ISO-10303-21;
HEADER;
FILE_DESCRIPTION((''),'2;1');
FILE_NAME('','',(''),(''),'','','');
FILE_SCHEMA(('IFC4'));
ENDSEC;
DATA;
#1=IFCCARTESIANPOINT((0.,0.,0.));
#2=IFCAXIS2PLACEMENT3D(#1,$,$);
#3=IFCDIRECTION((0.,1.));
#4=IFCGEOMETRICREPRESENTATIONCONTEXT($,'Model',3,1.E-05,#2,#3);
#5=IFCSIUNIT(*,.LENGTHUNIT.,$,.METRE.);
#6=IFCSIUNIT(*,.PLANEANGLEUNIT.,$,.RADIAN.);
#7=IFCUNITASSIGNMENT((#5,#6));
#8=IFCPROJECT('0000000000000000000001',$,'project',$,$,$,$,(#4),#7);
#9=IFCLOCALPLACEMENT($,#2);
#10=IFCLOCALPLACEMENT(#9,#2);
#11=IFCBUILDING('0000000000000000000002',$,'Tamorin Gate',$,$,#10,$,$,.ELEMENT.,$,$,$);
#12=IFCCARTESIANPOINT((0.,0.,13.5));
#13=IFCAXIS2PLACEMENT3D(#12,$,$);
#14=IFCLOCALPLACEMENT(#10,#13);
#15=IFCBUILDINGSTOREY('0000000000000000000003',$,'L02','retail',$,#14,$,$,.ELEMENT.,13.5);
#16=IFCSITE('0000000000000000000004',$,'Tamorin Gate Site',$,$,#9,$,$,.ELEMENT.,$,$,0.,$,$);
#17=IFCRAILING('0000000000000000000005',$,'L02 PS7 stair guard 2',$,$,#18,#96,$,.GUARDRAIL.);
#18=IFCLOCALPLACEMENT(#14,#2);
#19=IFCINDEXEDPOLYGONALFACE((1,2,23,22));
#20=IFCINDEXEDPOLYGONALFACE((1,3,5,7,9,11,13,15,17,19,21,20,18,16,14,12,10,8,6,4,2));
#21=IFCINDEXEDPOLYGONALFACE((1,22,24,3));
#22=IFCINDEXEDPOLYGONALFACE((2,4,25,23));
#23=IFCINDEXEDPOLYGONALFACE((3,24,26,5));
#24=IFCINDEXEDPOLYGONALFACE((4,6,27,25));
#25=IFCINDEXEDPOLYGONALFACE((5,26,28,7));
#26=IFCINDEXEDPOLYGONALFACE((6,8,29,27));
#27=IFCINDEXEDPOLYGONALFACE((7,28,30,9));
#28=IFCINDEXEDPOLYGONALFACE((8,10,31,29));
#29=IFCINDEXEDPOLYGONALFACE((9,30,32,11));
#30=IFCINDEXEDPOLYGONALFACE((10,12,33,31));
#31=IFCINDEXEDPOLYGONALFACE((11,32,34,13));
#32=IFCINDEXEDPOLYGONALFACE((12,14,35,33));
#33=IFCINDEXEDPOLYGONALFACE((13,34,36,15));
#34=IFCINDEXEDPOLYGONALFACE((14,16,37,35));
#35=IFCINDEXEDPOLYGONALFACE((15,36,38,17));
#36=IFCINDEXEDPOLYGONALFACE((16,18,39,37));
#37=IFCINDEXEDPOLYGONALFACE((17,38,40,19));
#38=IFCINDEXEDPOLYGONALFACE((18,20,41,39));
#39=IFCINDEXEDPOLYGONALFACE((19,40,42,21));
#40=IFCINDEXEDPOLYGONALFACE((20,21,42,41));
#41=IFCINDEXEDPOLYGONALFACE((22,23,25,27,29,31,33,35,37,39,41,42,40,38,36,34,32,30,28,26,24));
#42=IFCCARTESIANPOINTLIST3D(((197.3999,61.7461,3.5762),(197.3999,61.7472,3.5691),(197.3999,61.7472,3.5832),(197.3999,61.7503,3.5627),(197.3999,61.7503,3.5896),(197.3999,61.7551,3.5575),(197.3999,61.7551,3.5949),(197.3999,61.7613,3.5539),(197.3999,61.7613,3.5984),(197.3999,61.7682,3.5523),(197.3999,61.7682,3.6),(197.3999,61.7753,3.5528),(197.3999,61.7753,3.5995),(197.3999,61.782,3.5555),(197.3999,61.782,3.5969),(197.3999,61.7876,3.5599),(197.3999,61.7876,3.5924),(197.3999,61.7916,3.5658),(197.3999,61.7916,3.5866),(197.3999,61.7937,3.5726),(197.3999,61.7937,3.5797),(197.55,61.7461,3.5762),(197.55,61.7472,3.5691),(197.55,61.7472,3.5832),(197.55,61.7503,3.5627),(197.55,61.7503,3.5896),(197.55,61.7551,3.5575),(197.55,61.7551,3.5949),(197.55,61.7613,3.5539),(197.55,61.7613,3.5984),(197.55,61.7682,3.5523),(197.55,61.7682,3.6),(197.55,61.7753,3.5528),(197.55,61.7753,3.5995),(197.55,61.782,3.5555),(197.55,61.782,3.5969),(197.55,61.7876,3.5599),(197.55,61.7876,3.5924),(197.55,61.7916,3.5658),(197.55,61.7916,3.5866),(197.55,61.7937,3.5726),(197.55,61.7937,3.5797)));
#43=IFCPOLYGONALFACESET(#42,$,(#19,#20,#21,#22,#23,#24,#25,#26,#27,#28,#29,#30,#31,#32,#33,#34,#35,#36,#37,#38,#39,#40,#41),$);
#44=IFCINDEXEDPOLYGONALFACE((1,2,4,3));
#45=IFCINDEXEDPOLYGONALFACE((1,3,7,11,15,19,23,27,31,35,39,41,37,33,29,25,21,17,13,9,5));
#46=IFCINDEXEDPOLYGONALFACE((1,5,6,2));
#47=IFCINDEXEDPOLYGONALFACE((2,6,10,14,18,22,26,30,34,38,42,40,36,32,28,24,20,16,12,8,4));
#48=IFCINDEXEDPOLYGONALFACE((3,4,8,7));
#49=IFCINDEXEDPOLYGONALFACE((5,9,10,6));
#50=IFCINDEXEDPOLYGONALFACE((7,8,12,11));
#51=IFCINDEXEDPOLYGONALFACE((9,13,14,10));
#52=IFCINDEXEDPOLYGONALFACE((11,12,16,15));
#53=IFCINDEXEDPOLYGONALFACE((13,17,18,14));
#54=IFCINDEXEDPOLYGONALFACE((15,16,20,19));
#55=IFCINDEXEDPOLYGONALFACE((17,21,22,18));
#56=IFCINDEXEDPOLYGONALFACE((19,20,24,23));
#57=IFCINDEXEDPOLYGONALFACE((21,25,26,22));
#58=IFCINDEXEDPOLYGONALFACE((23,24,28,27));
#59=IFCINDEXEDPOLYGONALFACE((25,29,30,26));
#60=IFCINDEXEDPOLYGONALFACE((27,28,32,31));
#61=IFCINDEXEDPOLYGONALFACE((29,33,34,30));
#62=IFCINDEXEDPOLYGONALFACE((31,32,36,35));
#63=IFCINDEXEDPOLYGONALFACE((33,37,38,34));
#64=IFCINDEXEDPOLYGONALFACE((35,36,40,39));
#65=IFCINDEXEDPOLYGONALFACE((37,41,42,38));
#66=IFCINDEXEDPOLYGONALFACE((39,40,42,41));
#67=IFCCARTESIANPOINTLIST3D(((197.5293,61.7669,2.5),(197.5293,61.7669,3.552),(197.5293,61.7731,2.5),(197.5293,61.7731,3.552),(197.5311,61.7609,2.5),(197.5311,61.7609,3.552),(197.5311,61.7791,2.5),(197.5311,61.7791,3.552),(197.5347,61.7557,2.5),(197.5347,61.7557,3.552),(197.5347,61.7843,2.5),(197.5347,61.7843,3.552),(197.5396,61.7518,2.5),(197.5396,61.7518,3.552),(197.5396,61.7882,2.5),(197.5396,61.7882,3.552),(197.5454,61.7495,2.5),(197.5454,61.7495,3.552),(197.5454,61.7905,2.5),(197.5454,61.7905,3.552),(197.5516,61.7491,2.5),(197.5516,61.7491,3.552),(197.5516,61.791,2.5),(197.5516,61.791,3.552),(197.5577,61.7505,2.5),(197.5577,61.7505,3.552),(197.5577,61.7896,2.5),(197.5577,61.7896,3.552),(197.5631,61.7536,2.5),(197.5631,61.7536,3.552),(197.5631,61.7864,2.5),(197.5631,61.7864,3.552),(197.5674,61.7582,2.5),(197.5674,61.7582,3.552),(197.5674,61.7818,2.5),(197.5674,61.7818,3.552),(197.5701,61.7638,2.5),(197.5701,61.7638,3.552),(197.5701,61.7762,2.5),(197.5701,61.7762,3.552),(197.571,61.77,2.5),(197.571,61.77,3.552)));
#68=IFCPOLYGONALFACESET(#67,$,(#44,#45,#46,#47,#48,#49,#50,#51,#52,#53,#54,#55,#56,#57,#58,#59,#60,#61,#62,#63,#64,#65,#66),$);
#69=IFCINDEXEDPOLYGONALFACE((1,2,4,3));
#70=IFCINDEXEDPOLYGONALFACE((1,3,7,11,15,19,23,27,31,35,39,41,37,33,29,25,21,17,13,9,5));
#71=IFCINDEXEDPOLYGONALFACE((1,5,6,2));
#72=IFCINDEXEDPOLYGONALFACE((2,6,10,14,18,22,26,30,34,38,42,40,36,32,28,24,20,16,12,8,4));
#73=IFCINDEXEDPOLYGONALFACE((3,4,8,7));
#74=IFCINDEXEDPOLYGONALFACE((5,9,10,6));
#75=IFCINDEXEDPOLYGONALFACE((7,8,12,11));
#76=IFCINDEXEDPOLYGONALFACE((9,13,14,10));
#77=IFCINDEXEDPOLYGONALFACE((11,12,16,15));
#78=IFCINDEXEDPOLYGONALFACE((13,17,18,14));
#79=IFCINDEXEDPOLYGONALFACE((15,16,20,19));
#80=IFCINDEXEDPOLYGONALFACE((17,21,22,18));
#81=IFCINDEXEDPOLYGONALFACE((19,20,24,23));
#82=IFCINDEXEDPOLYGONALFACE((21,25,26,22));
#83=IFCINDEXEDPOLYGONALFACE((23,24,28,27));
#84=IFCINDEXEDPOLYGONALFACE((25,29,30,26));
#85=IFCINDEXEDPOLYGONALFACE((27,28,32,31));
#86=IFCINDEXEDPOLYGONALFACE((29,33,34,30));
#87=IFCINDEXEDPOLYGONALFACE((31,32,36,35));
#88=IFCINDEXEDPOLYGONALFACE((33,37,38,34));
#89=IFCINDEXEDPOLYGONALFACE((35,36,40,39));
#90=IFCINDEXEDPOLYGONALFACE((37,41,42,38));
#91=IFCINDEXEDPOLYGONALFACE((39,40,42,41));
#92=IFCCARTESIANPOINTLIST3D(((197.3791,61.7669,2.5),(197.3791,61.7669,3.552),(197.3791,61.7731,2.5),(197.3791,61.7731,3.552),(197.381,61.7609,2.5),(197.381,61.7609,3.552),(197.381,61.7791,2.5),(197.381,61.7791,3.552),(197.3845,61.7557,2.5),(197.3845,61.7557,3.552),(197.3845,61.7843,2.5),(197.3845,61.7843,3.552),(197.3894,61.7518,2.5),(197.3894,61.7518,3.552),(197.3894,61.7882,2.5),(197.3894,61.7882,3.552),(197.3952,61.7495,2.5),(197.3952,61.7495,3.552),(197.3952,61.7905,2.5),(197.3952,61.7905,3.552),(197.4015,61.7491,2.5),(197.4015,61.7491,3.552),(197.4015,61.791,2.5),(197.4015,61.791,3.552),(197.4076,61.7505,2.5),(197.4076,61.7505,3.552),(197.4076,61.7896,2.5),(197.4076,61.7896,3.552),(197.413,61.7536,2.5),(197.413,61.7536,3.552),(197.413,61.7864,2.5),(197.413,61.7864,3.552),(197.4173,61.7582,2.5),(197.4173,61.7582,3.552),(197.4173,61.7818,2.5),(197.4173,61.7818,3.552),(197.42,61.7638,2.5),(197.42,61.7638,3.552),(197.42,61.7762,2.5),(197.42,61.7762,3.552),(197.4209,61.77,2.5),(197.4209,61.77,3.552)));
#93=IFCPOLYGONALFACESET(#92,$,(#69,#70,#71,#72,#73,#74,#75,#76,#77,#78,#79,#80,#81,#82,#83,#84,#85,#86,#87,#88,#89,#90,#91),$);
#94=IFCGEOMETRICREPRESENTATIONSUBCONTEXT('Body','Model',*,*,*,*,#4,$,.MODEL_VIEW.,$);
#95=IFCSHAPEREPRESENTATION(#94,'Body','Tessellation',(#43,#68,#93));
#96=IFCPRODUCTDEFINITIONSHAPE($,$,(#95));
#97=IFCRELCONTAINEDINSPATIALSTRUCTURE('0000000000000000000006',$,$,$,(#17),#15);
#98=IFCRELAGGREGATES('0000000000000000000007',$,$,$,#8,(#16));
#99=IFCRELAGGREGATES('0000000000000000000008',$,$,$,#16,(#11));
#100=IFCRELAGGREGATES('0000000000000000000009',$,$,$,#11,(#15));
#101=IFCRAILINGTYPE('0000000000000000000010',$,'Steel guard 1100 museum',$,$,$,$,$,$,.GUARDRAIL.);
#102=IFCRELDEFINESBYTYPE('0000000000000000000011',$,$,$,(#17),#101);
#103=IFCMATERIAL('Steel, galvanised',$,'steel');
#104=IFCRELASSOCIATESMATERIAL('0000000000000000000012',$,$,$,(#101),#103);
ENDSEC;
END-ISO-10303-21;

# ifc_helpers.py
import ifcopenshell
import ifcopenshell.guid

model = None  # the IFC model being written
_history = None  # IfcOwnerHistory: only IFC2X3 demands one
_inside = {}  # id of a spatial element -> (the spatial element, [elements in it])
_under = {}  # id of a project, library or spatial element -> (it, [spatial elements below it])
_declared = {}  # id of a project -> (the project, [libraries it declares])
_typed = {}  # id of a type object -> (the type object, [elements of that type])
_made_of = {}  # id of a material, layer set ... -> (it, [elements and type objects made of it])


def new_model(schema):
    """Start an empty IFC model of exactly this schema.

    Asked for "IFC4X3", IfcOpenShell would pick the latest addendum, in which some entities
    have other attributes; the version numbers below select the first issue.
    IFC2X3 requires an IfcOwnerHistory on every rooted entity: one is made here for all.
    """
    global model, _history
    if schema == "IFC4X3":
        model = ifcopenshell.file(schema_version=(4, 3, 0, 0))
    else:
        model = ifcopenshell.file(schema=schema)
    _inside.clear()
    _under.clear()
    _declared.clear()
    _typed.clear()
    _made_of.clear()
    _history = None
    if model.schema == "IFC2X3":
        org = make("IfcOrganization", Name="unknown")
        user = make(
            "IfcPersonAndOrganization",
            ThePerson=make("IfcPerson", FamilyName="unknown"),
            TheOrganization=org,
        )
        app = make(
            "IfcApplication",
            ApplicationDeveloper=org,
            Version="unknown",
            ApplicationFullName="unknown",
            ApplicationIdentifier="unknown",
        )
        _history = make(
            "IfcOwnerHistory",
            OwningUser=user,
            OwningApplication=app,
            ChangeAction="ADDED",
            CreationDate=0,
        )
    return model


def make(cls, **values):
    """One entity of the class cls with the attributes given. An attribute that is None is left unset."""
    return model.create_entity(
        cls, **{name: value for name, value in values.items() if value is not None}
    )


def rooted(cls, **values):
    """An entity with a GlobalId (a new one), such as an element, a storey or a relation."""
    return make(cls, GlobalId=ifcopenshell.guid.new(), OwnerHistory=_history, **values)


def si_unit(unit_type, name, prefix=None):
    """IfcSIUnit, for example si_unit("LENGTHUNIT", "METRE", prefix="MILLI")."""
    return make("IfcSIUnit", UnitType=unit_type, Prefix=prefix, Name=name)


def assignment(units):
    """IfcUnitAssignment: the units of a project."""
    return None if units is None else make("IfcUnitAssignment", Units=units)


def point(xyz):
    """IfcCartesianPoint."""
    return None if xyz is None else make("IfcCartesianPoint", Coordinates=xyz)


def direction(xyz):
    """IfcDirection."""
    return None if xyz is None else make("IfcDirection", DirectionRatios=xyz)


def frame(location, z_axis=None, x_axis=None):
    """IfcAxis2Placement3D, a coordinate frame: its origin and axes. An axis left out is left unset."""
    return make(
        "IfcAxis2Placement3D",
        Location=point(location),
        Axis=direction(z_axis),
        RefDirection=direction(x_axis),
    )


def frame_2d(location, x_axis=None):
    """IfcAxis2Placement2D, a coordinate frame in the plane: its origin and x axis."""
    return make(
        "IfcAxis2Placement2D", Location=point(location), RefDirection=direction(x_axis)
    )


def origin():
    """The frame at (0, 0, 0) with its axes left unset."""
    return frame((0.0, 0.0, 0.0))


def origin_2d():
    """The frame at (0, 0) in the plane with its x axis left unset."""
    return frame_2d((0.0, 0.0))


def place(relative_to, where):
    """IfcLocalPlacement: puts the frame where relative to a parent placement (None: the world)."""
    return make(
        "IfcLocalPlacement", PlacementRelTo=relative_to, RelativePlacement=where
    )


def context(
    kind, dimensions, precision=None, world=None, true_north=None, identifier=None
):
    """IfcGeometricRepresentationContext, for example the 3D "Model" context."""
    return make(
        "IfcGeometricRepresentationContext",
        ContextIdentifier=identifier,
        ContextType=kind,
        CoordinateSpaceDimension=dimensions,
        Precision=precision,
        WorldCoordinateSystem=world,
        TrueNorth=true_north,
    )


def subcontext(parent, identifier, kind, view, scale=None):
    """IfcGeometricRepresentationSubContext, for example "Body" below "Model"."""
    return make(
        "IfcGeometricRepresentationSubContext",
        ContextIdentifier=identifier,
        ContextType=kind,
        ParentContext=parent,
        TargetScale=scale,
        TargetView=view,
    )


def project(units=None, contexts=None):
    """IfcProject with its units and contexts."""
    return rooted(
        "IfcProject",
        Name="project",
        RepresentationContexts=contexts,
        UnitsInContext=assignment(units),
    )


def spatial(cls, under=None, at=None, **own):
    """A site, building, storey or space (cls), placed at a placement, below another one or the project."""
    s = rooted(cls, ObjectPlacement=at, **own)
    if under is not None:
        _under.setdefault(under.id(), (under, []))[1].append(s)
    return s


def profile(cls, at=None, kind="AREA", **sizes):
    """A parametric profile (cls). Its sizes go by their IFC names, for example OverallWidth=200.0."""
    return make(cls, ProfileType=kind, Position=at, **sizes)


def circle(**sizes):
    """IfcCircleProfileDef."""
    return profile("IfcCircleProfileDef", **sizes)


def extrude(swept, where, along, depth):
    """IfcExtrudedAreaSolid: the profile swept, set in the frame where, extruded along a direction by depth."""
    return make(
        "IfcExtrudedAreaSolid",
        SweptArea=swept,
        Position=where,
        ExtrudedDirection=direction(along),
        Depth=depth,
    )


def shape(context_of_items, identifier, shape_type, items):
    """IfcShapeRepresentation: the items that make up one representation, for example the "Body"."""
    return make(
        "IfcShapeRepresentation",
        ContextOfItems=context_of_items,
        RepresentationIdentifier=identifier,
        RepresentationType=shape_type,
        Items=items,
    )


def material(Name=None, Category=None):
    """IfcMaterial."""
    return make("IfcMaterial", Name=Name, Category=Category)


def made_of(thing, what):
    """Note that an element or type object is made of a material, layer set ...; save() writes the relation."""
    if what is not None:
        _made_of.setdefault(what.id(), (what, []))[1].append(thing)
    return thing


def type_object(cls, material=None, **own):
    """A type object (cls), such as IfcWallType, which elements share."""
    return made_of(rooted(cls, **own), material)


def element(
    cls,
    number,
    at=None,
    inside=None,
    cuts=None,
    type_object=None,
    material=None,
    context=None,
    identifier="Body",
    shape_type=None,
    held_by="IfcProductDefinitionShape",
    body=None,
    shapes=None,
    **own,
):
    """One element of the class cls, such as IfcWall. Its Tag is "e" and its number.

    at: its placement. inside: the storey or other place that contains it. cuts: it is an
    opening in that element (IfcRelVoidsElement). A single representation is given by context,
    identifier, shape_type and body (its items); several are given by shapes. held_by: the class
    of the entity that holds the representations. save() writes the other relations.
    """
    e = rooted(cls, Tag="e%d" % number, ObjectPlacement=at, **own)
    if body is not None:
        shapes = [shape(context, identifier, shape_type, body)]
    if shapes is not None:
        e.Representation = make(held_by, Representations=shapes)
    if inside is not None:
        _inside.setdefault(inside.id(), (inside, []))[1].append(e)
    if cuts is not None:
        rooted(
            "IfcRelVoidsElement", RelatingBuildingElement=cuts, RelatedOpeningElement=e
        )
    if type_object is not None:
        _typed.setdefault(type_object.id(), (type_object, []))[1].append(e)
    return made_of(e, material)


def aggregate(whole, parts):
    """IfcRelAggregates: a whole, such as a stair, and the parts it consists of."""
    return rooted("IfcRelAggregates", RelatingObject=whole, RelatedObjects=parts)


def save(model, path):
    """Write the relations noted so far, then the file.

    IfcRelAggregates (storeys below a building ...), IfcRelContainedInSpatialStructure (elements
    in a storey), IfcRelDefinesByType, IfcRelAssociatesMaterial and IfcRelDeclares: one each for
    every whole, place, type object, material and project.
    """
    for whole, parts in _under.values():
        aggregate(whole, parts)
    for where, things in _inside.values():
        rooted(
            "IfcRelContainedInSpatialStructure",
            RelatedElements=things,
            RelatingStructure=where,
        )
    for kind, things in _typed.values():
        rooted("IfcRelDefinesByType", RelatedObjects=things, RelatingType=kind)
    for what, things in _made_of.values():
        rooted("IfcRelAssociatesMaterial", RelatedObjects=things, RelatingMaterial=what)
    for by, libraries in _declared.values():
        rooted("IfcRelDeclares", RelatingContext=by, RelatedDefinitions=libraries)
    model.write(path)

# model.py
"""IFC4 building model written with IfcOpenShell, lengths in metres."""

from ifc_helpers import new_model, si_unit, direction, frame, origin, origin_2d, place, context, subcontext, project, spatial, circle, extrude, material, type_object, element, save


model = new_model("IFC4")

# Units and contexts
model_context = context("Model", 3, precision=1e-05, world=origin(), true_north=direction((0.0, 1.0)))
body_context = subcontext(model_context, "Body", "Model", "MODEL_VIEW")
ifc_project = project(units=[si_unit("LENGTHUNIT", "METRE"), si_unit("PLANEANGLEUNIT", "RADIAN")], contexts=[model_context])

# Site, building, storey
site_placement = place(None, origin())
site = spatial("IfcSite", under=ifc_project, at=site_placement, Name="Tamorin Gate Site", CompositionType="ELEMENT", RefElevation=0.0)
building_placement = place(site_placement, origin())
building = spatial("IfcBuilding", under=site, at=building_placement, Name="Tamorin Gate", CompositionType="ELEMENT")
storey_placement = place(building_placement, frame((0.0, 0.0, 13.5)))
storey = spatial("IfcBuildingStorey", under=building, at=storey_placement, Name="L02", Description="retail", CompositionType="ELEMENT", Elevation=13.5)

# Railing
ifc_material_1 = material(Name="Steel, galvanised", Category="steel")
railing_type_1 = type_object("IfcRailingType", Name="Steel guard 1100 museum", PredefinedType="GUARDRAIL", material=ifc_material_1)
railing_1_placement = place(storey_placement, frame((197.55, 61.77, 2.5)))
element("IfcRailing", 1, at=railing_1_placement, inside=storey, type_object=railing_type_1, Name="L02 PS7 stair guard 2", PredefinedType="GUARDRAIL", context=body_context, shape_type="SweptSolid", body=[
    extrude(circle(Radius=0.0239, at=origin_2d()), frame((0.0, 0.0, 1.0762), z_axis=(-1.0, 0.0, 0.0), x_axis=(0.0, -1.0, 0.0)), (0.0, 0.0, 1.0), 0.1501),
    extrude(circle(Radius=0.021, at=origin_2d()), origin(), (0.0, 0.0, 1.0), 1.052),
    extrude(circle(Radius=0.021, at=origin_2d()), frame((-0.1501, 0.0, 0.0)), (0.0, 0.0, 1.0), 1.052),
])

save(model, "model.ifc")
